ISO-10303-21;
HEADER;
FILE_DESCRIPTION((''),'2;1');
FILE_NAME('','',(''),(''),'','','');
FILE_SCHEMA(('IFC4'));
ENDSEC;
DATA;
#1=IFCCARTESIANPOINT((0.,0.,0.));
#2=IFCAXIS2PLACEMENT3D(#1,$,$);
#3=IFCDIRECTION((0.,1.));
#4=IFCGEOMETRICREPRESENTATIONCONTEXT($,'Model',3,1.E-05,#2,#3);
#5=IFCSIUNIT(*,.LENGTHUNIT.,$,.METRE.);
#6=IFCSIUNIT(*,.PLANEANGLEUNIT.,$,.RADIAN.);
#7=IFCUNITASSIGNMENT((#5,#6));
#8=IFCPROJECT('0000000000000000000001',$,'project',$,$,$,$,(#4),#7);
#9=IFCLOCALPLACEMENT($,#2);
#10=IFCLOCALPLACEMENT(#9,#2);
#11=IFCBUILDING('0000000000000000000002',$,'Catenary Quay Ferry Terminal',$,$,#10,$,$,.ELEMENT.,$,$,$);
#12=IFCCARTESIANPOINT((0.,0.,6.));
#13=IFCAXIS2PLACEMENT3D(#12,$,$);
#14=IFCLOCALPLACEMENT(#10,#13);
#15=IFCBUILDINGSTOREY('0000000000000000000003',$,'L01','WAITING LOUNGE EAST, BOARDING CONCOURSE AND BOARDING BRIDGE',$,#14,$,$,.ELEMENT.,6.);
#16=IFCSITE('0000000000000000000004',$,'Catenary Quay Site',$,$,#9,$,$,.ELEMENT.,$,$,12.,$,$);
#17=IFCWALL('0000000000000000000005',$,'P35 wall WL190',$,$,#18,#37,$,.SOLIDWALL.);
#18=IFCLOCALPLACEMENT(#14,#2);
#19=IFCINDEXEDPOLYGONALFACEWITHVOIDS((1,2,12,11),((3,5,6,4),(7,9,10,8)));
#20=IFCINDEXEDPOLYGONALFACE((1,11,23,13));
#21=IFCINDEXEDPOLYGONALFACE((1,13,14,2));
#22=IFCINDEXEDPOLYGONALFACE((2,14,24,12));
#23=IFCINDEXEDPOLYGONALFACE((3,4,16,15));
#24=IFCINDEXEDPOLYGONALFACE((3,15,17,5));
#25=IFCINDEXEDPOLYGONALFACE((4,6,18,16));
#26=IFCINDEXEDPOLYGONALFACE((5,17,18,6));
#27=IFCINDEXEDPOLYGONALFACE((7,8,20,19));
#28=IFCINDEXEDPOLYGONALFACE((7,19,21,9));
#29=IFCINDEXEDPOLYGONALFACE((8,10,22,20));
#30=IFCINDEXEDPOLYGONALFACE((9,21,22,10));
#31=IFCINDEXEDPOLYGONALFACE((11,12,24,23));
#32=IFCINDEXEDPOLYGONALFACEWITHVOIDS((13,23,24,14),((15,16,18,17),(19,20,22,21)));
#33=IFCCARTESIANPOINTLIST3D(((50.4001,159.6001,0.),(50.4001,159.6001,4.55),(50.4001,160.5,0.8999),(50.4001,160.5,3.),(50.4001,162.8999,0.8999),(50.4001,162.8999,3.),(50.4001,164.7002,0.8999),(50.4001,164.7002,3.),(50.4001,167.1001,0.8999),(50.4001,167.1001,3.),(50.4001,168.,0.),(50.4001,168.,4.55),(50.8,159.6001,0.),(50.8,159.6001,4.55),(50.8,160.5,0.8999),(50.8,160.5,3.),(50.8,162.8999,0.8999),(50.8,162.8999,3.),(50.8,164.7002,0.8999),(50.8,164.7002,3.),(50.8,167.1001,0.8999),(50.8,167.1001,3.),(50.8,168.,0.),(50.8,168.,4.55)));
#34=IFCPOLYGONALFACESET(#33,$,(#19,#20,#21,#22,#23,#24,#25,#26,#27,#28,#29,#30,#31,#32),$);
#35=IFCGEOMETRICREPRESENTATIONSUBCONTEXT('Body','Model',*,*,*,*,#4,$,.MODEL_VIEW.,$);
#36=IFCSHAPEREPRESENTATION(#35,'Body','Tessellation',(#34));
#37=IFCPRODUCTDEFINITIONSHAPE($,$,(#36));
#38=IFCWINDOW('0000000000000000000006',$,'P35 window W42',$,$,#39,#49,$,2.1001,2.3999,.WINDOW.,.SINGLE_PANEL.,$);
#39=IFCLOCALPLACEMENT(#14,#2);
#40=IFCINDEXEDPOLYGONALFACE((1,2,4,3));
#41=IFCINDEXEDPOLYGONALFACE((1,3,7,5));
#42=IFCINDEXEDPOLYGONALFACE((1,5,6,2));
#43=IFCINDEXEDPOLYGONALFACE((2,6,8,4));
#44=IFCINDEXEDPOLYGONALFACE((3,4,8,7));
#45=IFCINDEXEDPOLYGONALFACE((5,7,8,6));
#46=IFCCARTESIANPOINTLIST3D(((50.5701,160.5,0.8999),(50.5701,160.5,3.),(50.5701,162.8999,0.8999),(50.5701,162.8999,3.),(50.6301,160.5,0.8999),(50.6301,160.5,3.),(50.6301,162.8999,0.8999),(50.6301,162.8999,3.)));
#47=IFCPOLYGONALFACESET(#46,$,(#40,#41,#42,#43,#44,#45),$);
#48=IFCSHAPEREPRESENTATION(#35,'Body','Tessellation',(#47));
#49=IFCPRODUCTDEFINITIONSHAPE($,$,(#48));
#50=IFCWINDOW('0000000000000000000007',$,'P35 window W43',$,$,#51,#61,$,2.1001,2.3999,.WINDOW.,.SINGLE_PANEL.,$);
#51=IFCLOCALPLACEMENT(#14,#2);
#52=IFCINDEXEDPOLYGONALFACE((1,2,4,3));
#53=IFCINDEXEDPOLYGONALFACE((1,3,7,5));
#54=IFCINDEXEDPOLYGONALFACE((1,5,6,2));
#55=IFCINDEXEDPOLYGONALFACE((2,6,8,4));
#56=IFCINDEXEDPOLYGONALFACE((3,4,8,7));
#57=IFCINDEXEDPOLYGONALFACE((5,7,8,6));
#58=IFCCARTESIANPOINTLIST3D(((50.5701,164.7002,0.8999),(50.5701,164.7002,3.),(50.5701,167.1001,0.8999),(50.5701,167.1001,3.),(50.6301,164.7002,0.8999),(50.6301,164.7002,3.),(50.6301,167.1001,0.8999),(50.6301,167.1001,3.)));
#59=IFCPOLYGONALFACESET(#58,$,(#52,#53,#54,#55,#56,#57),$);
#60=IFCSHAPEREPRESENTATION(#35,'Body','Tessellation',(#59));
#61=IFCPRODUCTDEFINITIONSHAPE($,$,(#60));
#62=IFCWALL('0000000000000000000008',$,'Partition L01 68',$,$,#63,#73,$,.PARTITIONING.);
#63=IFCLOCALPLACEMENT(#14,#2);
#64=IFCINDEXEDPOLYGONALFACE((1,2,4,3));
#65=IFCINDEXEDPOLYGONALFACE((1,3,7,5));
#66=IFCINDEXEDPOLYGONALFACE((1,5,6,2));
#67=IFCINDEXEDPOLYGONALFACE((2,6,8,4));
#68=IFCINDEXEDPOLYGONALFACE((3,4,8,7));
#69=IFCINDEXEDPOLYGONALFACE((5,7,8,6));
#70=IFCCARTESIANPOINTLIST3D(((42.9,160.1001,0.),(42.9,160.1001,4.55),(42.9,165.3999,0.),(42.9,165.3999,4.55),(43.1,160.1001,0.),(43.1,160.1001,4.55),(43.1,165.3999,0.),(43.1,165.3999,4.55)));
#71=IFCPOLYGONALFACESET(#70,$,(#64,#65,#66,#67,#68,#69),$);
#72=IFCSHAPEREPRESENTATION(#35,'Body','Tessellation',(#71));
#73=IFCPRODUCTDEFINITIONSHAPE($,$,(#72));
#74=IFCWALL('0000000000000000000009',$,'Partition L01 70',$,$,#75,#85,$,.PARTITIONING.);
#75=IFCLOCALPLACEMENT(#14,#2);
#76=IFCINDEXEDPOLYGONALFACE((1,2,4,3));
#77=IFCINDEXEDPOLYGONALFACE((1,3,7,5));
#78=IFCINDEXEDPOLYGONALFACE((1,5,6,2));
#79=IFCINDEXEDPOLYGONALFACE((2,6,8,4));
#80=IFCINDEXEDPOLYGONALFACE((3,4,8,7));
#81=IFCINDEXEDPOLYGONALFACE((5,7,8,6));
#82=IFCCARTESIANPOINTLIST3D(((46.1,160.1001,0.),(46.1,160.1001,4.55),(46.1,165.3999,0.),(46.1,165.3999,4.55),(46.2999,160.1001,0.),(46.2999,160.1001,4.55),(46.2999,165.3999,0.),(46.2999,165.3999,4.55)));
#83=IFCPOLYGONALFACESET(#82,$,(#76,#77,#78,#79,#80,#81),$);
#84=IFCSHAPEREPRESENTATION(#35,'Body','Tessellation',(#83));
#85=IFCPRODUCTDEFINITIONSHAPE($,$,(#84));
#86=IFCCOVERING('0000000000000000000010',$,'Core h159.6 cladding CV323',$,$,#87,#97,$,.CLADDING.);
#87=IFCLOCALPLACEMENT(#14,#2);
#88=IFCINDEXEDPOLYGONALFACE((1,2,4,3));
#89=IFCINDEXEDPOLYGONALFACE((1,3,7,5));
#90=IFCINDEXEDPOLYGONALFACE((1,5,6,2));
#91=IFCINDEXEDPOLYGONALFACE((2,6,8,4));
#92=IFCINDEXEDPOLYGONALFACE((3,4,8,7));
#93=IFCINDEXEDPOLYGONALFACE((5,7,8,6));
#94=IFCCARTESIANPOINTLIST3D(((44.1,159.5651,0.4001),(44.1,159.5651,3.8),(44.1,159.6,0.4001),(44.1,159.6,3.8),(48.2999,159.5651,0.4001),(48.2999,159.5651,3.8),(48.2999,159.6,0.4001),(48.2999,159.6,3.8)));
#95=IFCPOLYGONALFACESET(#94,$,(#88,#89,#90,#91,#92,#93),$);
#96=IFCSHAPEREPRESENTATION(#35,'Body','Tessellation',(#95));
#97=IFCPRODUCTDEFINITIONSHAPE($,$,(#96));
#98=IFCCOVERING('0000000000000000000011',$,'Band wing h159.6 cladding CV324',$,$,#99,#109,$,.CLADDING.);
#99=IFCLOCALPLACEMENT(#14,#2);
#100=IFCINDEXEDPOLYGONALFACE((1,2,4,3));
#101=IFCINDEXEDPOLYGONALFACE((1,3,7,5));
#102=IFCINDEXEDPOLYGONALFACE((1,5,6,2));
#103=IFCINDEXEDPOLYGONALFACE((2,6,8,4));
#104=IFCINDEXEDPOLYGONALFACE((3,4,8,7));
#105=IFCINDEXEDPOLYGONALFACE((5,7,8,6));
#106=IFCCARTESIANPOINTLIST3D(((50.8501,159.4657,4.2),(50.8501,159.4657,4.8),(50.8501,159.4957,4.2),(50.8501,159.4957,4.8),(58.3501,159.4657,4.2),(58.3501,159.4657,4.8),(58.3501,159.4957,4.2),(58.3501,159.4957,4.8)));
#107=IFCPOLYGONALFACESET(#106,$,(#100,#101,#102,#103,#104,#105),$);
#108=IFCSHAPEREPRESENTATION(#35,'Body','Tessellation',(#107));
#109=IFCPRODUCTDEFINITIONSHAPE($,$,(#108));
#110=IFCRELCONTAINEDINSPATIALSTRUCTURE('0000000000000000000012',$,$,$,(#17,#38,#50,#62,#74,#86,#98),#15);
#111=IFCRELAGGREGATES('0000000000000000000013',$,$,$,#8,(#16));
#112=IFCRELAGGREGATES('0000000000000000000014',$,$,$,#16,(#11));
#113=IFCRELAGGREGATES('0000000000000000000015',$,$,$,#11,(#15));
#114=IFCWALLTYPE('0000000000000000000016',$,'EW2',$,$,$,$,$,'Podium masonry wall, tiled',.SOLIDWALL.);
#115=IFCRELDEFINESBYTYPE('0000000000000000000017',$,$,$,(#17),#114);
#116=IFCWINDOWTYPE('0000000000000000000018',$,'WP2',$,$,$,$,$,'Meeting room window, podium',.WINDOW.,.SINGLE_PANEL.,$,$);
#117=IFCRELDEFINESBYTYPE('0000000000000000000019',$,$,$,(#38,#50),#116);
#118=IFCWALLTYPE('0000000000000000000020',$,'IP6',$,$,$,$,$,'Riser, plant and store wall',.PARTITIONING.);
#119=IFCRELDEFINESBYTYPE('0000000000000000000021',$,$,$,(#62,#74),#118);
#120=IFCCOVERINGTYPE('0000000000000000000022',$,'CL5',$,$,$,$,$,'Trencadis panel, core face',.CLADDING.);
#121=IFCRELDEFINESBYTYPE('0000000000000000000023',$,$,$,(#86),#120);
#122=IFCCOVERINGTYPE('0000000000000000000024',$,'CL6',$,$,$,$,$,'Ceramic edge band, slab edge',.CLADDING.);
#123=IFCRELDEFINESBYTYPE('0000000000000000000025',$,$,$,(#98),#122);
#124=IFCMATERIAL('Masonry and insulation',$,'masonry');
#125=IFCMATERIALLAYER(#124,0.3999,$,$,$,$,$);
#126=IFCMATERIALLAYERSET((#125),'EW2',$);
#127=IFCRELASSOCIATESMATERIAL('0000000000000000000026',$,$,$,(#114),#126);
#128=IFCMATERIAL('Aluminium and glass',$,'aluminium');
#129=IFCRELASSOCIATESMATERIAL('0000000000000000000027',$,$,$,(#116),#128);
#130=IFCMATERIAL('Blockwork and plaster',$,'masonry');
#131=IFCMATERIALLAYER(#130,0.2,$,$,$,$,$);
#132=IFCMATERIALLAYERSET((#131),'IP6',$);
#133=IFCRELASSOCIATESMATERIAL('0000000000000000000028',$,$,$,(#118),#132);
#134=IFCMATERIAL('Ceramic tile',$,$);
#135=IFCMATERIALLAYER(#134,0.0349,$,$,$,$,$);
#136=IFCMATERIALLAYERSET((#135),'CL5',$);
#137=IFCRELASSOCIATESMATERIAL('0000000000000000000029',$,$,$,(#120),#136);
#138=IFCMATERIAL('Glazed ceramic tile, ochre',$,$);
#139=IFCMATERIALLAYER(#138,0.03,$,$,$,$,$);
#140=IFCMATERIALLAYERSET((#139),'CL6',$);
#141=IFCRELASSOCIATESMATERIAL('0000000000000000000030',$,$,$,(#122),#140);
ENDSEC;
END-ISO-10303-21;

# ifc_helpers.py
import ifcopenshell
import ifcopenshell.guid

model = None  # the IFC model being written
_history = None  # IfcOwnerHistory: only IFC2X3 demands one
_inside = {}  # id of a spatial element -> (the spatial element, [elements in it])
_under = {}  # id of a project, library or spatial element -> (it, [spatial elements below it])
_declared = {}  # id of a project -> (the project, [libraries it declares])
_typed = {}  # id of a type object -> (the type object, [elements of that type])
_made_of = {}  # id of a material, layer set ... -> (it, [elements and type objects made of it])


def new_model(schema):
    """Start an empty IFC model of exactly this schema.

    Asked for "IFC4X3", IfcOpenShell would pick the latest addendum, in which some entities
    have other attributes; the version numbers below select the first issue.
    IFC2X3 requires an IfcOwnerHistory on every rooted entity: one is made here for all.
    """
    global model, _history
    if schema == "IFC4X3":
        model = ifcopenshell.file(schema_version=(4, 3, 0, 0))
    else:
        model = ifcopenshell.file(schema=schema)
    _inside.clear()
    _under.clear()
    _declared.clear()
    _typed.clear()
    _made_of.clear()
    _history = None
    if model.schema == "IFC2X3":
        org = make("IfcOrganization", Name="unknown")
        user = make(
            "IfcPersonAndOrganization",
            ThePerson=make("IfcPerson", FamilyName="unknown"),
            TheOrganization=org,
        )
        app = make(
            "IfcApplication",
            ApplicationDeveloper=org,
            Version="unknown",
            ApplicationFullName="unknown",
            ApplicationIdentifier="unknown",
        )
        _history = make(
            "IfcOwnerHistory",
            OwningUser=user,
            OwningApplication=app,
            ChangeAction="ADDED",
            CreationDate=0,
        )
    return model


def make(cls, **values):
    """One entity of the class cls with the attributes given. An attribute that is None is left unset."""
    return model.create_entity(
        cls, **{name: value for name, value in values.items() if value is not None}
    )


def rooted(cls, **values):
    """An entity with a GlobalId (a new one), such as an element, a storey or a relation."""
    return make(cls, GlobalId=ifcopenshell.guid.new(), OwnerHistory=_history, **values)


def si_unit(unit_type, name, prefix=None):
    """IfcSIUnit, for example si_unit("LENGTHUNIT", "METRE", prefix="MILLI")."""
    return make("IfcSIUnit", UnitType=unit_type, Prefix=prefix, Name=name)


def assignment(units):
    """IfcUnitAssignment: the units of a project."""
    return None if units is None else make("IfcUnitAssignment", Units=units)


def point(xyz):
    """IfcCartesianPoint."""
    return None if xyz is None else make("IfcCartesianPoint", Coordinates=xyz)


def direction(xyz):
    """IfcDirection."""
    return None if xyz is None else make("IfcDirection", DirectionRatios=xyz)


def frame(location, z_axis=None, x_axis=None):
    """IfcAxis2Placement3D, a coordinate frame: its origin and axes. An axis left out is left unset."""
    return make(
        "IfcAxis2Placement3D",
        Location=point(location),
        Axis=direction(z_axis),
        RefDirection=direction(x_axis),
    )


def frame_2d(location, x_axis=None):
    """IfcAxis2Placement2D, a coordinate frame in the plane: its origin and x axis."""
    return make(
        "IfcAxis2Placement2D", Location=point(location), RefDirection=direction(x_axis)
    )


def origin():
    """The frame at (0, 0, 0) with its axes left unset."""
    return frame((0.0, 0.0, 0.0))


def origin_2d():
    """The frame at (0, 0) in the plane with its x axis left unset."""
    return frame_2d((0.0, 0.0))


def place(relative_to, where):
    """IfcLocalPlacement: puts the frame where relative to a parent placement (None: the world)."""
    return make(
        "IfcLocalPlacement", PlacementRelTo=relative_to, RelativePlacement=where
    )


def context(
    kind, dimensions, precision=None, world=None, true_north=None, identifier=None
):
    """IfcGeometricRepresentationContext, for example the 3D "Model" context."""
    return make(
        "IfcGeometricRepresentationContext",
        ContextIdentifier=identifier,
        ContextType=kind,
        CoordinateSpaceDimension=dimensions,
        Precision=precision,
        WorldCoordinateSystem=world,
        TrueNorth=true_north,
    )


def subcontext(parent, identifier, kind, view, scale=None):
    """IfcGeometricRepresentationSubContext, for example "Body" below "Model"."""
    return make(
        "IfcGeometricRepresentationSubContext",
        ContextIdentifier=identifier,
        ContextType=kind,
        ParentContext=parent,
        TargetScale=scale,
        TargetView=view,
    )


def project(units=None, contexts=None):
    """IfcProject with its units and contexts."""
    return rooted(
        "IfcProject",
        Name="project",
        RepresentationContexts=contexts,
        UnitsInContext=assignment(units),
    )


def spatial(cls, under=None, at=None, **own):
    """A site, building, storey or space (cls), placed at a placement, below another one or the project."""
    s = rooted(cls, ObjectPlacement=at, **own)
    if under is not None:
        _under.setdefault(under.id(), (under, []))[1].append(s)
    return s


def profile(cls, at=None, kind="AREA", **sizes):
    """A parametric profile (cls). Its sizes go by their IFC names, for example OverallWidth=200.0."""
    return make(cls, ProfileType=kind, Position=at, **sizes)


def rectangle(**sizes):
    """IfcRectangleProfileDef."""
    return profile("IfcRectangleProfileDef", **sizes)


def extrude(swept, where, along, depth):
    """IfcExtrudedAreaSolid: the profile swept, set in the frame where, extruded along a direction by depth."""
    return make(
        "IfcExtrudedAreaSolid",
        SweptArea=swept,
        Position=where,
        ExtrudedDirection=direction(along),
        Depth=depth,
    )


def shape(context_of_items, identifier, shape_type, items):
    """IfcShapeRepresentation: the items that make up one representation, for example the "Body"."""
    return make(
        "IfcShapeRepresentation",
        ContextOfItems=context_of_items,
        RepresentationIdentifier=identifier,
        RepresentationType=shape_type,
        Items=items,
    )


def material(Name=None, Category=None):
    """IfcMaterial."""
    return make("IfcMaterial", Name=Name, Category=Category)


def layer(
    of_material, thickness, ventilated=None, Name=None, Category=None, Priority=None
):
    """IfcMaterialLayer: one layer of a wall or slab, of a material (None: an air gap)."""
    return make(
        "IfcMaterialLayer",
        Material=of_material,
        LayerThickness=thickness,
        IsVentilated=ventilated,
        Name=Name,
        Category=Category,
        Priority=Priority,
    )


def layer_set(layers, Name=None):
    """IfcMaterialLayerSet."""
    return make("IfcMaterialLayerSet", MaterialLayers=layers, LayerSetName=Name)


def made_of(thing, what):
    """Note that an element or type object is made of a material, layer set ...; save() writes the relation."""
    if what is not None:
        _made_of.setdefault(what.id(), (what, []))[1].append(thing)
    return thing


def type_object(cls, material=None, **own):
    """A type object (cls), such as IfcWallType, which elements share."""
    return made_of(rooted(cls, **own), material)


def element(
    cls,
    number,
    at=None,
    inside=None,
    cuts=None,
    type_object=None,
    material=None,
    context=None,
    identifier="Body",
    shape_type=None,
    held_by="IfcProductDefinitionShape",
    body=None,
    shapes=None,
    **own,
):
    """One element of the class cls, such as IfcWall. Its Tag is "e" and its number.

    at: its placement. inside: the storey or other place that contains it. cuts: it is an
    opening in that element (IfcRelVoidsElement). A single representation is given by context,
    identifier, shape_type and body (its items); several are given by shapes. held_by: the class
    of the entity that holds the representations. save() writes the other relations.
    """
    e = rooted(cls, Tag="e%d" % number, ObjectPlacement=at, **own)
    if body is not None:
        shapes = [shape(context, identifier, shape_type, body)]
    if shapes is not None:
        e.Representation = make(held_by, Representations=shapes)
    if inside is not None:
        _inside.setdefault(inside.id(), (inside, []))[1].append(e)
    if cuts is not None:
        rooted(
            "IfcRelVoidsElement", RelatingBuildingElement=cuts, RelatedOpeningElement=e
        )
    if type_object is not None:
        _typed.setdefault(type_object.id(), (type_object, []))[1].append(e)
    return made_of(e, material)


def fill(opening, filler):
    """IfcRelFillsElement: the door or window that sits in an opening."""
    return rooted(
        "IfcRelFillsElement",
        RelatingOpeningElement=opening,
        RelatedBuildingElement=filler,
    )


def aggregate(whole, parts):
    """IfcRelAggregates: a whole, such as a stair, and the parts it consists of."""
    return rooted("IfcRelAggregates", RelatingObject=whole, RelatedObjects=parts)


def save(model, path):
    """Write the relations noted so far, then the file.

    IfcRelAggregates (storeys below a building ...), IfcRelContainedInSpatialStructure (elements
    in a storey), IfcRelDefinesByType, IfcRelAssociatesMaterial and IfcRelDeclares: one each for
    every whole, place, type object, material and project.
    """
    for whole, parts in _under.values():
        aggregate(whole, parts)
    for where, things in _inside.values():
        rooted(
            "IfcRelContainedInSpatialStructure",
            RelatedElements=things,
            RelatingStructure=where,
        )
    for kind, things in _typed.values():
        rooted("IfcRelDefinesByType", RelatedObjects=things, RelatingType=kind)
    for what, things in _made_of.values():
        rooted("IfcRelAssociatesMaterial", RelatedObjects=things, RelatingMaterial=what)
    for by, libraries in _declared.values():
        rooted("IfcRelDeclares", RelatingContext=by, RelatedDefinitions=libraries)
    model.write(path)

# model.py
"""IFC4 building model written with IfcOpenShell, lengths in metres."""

from ifc_helpers import new_model, si_unit, direction, frame, frame_2d, origin, origin_2d, place, context, subcontext, project, spatial, rectangle, extrude, material, layer, layer_set, type_object, element, fill, save


model = new_model("IFC4")

# Units and contexts
model_context = context("Model", 3, precision=1e-05, world=origin(), true_north=direction((0.0, 1.0)))
body_context = subcontext(model_context, "Body", "Model", "MODEL_VIEW")
ifc_project = project(units=[si_unit("LENGTHUNIT", "METRE"), si_unit("PLANEANGLEUNIT", "RADIAN")], contexts=[model_context])

# Site, building, storey
site_placement = place(None, origin())
site = spatial("IfcSite", under=ifc_project, at=site_placement, Name="Catenary Quay Site", CompositionType="ELEMENT", RefElevation=12.0)
building_placement = place(site_placement, origin())
building = spatial("IfcBuilding", under=site, at=building_placement, Name="Catenary Quay Ferry Terminal", CompositionType="ELEMENT")
storey_placement = place(building_placement, frame((0.0, 0.0, 6.0)))
storey = spatial("IfcBuildingStorey", under=building, at=storey_placement, Name="L01", Description="WAITING LOUNGE EAST, BOARDING CONCOURSE AND BOARDING BRIDGE", CompositionType="ELEMENT", Elevation=6.0)

# Wall, openings, windows
ifc_material_1 = material(Name="Masonry and insulation", Category="masonry")
ifc_layer_1 = layer(ifc_material_1, 0.3999)
ifc_layer_set_1 = layer_set([ifc_layer_1], Name="EW2")
wall_type_1 = type_object("IfcWallType", Name="EW2", ElementType="Podium masonry wall, tiled", PredefinedType="SOLIDWALL", material=ifc_layer_set_1)
wall_placement = place(storey_placement, frame((50.6001, 159.6001, 0.0), z_axis=(0.0, 0.0, 1.0), x_axis=(0.0, 1.0, 0.0)))
wall = element("IfcWall", 1, at=wall_placement, inside=storey, type_object=wall_type_1, Name="P35 wall WL190", PredefinedType="SOLIDWALL", context=body_context, shape_type="SweptSolid", body=[
    extrude(rectangle(XDim=8.3999, YDim=0.3999, at=frame_2d((4.2, 0.0))), origin(), (0.0, 0.0, 1.0), 4.55),
])
opening_1_placement = place(wall_placement, frame((0.8999, 0.0, 0.8999)))
opening_1 = element("IfcOpeningElement", 2, at=opening_1_placement, cuts=wall, PredefinedType="OPENING", context=body_context, shape_type="SweptSolid", body=[
    extrude(rectangle(XDim=2.3999, YDim=2.1001, at=frame_2d((1.2, 1.05))), frame((0.0, 0.21, 0.0), z_axis=(0.0, -1.0, 0.0), x_axis=(1.0, 0.0, 0.0)), (0.0, 0.0, 1.0), 0.4199),
])
opening_2_placement = place(wall_placement, frame((5.1001, 0.0, 0.8999)))
opening_2 = element("IfcOpeningElement", 3, at=opening_2_placement, cuts=wall, PredefinedType="OPENING", context=body_context, shape_type="SweptSolid", body=[
    extrude(rectangle(XDim=2.3999, YDim=2.1001, at=frame_2d((1.2, 1.05))), frame((0.0, 0.21, 0.0), z_axis=(0.0, -1.0, 0.0), x_axis=(1.0, 0.0, 0.0)), (0.0, 0.0, 1.0), 0.4199),
])
ifc_material_2 = material(Name="Aluminium and glass", Category="aluminium")
window_type = type_object("IfcWindowType", Name="WP2", ElementType="Meeting room window, podium", PartitioningType="SINGLE_PANEL", PredefinedType="WINDOW", material=ifc_material_2)
window_1_placement = place(opening_1_placement, origin())
window_1 = element("IfcWindow", 4, at=window_1_placement, inside=storey, type_object=window_type, Name="P35 window W42", OverallHeight=2.1001, OverallWidth=2.3999, PartitioningType="SINGLE_PANEL", PredefinedType="WINDOW", context=body_context, shape_type="SweptSolid", body=[
    extrude(rectangle(XDim=2.3999, YDim=2.1001, at=frame_2d((1.2, 1.05))), frame((0.0, 0.03, 0.0), z_axis=(0.0, -1.0, 0.0), x_axis=(1.0, 0.0, 0.0)), (0.0, 0.0, 1.0), 0.0601),
])
fill(opening_1, window_1)
window_2_placement = place(opening_2_placement, origin())
window_2 = element("IfcWindow", 5, at=window_2_placement, inside=storey, type_object=window_type, Name="P35 window W43", OverallHeight=2.1001, OverallWidth=2.3999, PartitioningType="SINGLE_PANEL", PredefinedType="WINDOW", context=body_context, shape_type="SweptSolid", body=[
    extrude(rectangle(XDim=2.3999, YDim=2.1001, at=frame_2d((1.2, 1.05))), frame((0.0, 0.03, 0.0), z_axis=(0.0, -1.0, 0.0), x_axis=(1.0, 0.0, 0.0)), (0.0, 0.0, 1.0), 0.0601),
])
fill(opening_2, window_2)

# Walls
ifc_material_3 = material(Name="Blockwork and plaster", Category="masonry")
ifc_layer_2 = layer(ifc_material_3, 0.2)
ifc_layer_set_2 = layer_set([ifc_layer_2], Name="IP6")
wall_type_2 = type_object("IfcWallType", Name="IP6", ElementType="Riser, plant and store wall", PredefinedType="PARTITIONING", material=ifc_layer_set_2)
for number, where, z_axis, x_axis, name in (
    (6, (43.0, 160.1001, 0.0), (0.0, 0.0, 1.0), (0.0, 1.0, 0.0), "Partition L01 68"),
    (7, (46.2, 160.1001, 0.0), (0.0, 0.0, 1.0), (0.0, 1.0, 0.0), "Partition L01 70"),
):
    element("IfcWall", number, at=place(storey_placement, frame(where, z_axis=z_axis, x_axis=x_axis)), inside=storey, type_object=wall_type_2, Name=name, PredefinedType="PARTITIONING", context=body_context, shape_type="SweptSolid", body=[
        extrude(rectangle(XDim=5.2998, YDim=0.2, at=frame_2d((2.6499, 0.0))), origin(), (0.0, 0.0, 1.0), 4.55),
    ])

# Coverings
ifc_material_4 = material(Name="Ceramic tile")
ifc_layer_3 = layer(ifc_material_4, 0.0349)
ifc_layer_set_3 = layer_set([ifc_layer_3], Name="CL5")
covering_type_1 = type_object("IfcCoveringType", Name="CL5", ElementType="Trencadis panel, core face", PredefinedType="CLADDING", material=ifc_layer_set_3)
covering_1_placement = place(storey_placement, frame((46.2, 159.5825, 0.4001), z_axis=(0.0, 0.0, 1.0), x_axis=(1.0, 0.0, 0.0)))
element("IfcCovering", 8, at=covering_1_placement, inside=storey, type_object=covering_type_1, Name="Core h159.6 cladding CV323", PredefinedType="CLADDING", context=body_context, shape_type="SweptSolid", body=[
    extrude(rectangle(XDim=4.2, YDim=0.0349, at=origin_2d()), origin(), (0.0, 0.0, 1.0), 3.3999),
])
ifc_material_5 = material(Name="Glazed ceramic tile, ochre")
ifc_layer_4 = layer(ifc_material_5, 0.03)
ifc_layer_set_4 = layer_set([ifc_layer_4], Name="CL6")
covering_type_2 = type_object("IfcCoveringType", Name="CL6", ElementType="Ceramic edge band, slab edge", PredefinedType="CLADDING", material=ifc_layer_set_4)
covering_2_placement = place(storey_placement, frame((54.6001, 159.4807, 4.2), z_axis=(0.0, 0.0, 1.0), x_axis=(1.0, 0.0, 0.0)))
element("IfcCovering", 9, at=covering_2_placement, inside=storey, type_object=covering_type_2, Name="Band wing h159.6 cladding CV324", PredefinedType="CLADDING", context=body_context, shape_type="SweptSolid", body=[
    extrude(rectangle(XDim=7.5, YDim=0.03, at=origin_2d()), origin(), (0.0, 0.0, 1.0), 0.6001),
])

save(model, "model.ifc")
